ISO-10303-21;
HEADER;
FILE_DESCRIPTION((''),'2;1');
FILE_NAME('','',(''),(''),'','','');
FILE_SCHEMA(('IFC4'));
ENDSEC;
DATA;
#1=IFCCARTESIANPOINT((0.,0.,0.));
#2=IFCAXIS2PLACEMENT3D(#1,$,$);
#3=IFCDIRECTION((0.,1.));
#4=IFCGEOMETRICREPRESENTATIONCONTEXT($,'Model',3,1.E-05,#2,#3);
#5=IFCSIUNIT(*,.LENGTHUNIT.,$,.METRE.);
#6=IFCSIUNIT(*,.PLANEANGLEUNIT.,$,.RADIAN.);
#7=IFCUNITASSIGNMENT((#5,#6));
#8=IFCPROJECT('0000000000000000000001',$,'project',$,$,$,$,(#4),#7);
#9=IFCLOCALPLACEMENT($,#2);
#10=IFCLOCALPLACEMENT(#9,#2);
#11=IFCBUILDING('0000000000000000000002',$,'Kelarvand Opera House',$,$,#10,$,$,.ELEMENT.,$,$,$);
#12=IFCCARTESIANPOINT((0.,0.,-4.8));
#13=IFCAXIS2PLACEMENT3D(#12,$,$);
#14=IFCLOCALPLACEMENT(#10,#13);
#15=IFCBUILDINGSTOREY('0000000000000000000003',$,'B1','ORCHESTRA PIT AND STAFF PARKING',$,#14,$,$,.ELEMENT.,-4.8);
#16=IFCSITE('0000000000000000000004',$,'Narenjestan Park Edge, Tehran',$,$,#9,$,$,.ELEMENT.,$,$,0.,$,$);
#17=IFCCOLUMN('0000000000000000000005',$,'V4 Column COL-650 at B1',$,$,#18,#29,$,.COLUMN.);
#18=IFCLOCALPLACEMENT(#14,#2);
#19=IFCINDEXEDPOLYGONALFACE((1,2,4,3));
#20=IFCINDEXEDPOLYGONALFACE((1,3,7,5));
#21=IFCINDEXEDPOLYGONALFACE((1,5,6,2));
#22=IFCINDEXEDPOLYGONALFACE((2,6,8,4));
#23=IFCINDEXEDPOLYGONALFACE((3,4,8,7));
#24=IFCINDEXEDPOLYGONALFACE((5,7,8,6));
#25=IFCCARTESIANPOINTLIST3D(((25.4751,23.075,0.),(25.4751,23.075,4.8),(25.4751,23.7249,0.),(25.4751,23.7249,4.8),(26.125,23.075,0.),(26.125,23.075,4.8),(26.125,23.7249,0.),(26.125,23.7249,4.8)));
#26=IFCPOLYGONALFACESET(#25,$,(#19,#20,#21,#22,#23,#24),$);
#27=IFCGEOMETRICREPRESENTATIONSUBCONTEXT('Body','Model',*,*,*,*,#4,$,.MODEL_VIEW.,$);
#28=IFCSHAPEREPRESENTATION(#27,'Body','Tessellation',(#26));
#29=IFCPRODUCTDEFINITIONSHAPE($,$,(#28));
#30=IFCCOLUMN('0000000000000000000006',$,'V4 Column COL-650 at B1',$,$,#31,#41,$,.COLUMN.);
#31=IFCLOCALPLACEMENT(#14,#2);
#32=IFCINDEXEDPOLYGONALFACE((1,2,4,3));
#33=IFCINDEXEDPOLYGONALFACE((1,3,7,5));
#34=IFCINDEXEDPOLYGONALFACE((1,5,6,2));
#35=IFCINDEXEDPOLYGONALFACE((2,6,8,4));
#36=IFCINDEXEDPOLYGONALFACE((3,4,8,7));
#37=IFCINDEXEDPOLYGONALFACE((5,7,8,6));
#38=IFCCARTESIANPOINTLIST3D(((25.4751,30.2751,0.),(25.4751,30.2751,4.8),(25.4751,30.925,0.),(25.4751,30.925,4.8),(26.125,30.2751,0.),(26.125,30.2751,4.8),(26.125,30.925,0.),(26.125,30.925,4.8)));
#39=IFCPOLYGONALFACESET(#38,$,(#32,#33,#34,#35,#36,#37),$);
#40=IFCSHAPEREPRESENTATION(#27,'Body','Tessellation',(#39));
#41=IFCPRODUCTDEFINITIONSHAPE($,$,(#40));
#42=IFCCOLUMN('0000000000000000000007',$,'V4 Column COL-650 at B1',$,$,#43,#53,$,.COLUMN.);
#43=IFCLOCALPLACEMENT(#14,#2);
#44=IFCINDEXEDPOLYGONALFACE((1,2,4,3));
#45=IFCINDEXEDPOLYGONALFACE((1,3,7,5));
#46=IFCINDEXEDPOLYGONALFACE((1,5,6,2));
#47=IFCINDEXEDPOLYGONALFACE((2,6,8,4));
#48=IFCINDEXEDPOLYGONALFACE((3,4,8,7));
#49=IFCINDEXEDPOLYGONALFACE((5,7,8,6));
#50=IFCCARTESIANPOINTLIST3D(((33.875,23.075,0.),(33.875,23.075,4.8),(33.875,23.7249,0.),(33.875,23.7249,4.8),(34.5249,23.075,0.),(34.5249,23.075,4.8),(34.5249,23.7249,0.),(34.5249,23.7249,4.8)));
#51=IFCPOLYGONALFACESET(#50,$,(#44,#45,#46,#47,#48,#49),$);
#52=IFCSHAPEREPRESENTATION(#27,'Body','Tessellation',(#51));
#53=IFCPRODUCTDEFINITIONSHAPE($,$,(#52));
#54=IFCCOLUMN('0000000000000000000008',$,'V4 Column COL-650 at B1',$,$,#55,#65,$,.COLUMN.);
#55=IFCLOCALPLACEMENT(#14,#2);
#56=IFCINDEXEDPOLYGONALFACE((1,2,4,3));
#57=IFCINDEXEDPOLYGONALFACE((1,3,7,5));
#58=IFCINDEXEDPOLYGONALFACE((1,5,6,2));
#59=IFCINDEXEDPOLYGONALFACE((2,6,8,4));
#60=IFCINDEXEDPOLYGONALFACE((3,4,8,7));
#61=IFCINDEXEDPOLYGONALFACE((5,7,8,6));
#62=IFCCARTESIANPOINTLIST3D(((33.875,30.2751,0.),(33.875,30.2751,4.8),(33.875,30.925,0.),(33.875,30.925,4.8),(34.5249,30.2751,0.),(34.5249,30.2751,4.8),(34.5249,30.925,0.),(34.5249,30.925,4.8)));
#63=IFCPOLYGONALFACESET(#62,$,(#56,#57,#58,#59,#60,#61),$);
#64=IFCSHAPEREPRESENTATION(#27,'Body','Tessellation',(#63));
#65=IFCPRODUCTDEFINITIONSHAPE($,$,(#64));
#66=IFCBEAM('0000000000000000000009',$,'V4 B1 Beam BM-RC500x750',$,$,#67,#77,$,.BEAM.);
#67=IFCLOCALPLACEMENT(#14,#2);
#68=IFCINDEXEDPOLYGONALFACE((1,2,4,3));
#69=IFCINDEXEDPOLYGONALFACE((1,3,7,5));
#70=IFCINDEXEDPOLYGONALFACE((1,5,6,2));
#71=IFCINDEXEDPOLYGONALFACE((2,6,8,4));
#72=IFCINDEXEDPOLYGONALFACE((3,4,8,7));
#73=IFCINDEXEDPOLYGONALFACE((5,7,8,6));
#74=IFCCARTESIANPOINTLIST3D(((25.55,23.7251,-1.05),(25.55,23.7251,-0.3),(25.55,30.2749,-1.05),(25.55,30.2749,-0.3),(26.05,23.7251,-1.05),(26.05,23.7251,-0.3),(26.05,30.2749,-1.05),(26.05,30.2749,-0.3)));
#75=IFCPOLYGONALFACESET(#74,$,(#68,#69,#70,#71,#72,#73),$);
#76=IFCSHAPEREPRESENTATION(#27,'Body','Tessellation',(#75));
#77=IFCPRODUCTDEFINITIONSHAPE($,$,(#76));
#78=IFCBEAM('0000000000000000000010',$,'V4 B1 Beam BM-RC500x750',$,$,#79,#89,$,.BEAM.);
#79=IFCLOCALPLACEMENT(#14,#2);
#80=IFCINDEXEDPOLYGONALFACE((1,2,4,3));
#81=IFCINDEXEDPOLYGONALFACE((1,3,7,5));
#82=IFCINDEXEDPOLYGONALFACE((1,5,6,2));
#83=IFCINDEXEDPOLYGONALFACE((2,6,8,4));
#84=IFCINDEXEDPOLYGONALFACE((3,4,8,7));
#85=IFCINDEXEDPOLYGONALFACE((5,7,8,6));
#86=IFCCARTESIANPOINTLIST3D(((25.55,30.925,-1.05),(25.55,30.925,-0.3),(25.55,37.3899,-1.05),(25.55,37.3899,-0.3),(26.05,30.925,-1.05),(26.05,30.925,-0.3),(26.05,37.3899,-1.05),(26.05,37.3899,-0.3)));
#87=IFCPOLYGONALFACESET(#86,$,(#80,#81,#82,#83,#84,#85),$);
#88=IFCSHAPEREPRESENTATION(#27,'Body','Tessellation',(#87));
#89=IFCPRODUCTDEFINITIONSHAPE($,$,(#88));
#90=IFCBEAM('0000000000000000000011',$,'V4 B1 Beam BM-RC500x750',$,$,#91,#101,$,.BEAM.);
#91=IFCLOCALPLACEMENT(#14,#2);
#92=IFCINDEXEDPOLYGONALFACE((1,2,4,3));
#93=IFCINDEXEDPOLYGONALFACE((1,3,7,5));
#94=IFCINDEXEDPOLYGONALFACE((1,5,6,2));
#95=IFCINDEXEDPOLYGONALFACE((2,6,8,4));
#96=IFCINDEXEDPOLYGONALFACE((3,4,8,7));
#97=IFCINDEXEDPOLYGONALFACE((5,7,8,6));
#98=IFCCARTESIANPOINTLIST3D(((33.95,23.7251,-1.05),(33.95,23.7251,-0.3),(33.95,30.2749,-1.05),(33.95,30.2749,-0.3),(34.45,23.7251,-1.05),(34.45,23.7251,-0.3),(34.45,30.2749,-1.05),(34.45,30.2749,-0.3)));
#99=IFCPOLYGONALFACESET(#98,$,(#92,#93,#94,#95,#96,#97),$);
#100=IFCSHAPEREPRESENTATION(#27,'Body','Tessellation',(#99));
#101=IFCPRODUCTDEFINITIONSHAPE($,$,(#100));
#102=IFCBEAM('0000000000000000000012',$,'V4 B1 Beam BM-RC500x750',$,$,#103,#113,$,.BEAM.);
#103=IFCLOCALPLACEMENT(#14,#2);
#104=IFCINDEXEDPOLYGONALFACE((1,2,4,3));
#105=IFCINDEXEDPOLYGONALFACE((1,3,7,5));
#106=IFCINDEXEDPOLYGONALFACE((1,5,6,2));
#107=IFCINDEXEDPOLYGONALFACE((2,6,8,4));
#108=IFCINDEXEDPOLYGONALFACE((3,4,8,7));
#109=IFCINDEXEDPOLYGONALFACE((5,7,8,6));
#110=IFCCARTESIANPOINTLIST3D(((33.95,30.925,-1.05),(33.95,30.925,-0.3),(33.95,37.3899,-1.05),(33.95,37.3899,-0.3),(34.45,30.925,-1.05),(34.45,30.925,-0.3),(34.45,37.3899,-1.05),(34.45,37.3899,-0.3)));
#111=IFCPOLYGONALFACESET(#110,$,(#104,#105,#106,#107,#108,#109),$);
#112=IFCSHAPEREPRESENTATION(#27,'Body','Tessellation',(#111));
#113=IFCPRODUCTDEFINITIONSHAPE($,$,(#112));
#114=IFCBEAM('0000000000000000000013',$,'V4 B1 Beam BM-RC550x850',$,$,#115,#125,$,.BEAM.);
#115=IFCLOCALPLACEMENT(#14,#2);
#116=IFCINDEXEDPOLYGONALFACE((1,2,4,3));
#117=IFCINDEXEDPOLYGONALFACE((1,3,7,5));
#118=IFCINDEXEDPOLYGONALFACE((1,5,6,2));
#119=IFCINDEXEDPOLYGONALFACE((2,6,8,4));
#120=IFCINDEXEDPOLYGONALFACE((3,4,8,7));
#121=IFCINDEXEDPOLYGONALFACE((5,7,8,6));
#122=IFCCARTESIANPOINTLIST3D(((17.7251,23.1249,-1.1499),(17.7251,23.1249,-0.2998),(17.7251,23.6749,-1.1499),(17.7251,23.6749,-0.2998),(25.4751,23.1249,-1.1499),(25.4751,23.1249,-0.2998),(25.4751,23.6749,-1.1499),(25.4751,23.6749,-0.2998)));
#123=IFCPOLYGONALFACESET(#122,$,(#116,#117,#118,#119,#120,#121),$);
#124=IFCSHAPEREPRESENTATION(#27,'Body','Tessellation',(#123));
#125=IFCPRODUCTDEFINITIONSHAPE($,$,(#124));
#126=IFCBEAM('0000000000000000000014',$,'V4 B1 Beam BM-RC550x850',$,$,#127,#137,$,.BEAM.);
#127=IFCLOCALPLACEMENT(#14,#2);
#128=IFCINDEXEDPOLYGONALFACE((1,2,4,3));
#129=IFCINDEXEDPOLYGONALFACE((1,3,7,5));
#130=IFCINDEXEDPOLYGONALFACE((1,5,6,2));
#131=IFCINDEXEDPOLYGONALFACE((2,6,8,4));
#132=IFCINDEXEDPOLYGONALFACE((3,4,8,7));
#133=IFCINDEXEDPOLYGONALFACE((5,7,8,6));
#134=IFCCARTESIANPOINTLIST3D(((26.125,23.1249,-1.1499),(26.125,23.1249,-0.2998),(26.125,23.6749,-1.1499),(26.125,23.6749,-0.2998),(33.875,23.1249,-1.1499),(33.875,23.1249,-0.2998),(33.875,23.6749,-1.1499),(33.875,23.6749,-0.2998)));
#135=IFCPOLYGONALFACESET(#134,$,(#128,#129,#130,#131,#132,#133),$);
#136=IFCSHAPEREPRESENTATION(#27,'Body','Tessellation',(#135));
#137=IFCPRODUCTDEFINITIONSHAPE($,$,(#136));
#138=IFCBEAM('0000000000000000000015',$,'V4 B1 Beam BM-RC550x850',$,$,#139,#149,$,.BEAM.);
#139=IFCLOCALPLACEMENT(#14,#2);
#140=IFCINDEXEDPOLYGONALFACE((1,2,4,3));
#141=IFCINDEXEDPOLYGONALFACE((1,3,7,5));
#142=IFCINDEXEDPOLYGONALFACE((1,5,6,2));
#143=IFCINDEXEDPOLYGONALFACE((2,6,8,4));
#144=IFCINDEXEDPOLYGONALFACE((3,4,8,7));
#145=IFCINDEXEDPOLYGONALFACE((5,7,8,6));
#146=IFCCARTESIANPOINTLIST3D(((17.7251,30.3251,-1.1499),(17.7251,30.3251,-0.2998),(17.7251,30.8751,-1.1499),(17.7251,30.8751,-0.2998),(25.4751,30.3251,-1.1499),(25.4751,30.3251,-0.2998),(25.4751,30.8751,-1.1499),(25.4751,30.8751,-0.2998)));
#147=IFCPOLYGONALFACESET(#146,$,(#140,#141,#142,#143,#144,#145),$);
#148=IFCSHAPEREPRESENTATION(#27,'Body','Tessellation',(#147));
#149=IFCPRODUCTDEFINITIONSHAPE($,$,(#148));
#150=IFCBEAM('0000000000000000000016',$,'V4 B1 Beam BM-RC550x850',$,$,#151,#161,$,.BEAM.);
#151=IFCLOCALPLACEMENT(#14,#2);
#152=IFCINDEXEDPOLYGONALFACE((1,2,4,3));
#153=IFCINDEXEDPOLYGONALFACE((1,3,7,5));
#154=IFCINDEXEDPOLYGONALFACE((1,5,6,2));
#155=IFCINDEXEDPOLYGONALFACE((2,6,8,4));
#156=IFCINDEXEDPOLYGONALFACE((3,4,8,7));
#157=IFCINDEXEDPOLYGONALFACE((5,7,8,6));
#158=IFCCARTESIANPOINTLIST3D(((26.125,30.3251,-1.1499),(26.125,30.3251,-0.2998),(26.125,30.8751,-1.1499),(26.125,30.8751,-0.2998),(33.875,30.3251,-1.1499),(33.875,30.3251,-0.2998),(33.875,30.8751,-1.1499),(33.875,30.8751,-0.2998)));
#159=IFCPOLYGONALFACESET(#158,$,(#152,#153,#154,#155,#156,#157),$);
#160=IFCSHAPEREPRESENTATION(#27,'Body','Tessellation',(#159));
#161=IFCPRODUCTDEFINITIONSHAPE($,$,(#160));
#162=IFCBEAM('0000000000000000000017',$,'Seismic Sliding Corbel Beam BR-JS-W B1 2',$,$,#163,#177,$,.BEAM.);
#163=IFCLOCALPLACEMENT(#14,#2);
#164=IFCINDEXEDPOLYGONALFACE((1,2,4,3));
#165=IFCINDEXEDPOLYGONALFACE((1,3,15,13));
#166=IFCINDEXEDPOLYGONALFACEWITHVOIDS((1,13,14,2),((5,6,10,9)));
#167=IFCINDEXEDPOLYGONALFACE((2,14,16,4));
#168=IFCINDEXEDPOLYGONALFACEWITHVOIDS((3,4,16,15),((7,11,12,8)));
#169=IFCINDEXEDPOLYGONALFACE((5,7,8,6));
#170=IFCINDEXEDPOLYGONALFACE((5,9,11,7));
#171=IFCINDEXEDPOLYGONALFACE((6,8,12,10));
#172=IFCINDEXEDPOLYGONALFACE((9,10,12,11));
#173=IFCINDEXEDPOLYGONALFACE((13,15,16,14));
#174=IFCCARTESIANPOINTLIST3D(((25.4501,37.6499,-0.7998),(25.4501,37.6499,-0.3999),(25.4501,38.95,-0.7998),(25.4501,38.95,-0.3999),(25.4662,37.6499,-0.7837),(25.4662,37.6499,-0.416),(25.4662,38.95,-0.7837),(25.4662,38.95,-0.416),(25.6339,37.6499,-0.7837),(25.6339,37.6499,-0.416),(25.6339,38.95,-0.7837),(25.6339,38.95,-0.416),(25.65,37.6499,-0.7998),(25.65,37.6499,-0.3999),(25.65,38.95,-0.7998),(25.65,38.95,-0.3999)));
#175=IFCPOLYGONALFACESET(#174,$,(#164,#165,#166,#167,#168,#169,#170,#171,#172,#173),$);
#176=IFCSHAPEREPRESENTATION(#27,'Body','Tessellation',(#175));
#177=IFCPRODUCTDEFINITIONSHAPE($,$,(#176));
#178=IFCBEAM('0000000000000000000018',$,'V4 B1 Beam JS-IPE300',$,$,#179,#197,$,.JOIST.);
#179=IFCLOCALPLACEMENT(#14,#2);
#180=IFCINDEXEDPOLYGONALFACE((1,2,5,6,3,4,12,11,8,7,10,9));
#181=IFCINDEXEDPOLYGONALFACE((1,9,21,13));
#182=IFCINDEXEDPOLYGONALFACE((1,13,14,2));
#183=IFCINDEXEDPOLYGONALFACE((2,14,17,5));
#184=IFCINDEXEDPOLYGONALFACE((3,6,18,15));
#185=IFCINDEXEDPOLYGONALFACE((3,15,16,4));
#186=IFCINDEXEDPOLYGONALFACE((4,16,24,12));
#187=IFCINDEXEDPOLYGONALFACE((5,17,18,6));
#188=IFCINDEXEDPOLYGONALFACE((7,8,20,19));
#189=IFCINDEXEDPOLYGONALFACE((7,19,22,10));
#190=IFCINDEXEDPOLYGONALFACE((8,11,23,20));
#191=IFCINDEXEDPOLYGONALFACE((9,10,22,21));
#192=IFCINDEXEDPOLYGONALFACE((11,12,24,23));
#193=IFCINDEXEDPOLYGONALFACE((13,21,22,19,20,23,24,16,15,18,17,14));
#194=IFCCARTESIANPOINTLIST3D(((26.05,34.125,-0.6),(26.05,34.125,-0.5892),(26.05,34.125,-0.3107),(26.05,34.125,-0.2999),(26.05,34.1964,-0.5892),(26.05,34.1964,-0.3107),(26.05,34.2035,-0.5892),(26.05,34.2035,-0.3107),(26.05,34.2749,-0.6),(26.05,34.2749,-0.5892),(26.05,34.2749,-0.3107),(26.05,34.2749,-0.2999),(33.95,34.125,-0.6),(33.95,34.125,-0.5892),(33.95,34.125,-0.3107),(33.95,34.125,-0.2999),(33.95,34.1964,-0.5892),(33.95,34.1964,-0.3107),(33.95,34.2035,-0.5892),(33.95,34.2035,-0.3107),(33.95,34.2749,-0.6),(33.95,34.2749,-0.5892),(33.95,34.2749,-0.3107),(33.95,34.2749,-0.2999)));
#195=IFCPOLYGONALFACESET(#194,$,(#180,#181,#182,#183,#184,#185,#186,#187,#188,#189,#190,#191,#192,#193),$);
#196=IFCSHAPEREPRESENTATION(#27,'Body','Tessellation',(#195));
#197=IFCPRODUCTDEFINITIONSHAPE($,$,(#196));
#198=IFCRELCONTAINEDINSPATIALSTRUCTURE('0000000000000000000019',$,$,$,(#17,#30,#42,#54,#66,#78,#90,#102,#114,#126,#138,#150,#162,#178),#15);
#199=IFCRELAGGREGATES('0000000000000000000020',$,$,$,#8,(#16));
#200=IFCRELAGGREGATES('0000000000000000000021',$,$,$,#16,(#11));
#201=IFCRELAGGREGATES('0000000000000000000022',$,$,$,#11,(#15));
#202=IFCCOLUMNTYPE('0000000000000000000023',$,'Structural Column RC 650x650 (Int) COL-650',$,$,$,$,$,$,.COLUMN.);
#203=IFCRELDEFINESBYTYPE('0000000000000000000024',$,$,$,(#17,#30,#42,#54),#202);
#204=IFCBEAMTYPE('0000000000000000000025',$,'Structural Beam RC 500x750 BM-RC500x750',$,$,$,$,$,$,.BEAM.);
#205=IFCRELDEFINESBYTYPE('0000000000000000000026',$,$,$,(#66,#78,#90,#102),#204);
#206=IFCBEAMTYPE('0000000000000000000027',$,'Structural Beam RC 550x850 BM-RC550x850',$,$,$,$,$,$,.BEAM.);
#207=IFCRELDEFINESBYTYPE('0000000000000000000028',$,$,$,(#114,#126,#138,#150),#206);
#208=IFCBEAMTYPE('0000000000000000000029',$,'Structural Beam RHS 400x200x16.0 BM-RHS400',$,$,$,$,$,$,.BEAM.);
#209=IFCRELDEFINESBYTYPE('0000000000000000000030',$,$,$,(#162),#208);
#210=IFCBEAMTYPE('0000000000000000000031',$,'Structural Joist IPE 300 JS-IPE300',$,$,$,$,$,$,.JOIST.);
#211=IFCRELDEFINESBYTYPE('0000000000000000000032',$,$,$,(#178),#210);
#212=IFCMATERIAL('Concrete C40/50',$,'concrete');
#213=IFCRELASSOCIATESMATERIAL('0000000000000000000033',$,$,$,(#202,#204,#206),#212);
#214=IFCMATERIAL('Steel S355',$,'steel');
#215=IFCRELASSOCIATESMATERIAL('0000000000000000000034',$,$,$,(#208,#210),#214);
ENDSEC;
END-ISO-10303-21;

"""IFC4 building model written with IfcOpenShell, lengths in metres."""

from ifc_helpers import new_model, si_unit, direction, frame, origin, origin_2d, place, context, subcontext, project, spatial, rectangle, hollow_rectangle, i_section, extrude, material, material_profile, profile_set, type_object, element, save


model = new_model("IFC4")

# Units and contexts
model_context = context("Model", 3, precision=1e-05, world=origin(), true_north=direction((0.0, 1.0)))
body_context = subcontext(model_context, "Body", "Model", "MODEL_VIEW")
ifc_project = project(units=[si_unit("LENGTHUNIT", "METRE"), si_unit("PLANEANGLEUNIT", "RADIAN")], contexts=[model_context])

# Site, building, storey
site_placement = place(None, origin())
site = spatial("IfcSite", under=ifc_project, at=site_placement, Name="Narenjestan Park Edge, Tehran", CompositionType="ELEMENT", RefElevation=0.0)
building_placement = place(site_placement, origin())
building = spatial("IfcBuilding", under=site, at=building_placement, Name="Kelarvand Opera House", CompositionType="ELEMENT")
storey_placement = place(building_placement, frame((0.0, 0.0, -4.8)))
storey = spatial("IfcBuildingStorey", under=building, at=storey_placement, Name="B1", Description="ORCHESTRA PIT AND STAFF PARKING", CompositionType="ELEMENT", Elevation=-4.8)

# Columns
ifc_material_1 = material(Name="Concrete C40/50", Category="concrete")
ifc_material_profile_1 = material_profile(ifc_material_1, rectangle(XDim=0.6499, YDim=0.6499, at=origin_2d()), Name="RC 650x650", Category="concrete")
ifc_profile_set_1 = profile_set([ifc_material_profile_1], Name="Concrete C40/50")
column_type = type_object("IfcColumnType", Name="Structural Column RC 650x650 (Int) COL-650", PredefinedType="COLUMN", material=ifc_profile_set_1)
for number, where, z_axis, x_axis, name in (
    (1, (25.8, 23.3999, 0.0), (0.0, 0.0, 1.0), (1.0, 0.0, 0.0), "V4 Column COL-650 at B1"),
    (2, (25.8, 30.6001, 0.0), (0.0, 0.0, 1.0), (1.0, 0.0, 0.0), "V4 Column COL-650 at B1"),
    (3, (34.2, 23.3999, 0.0), (0.0, 0.0, 1.0), (1.0, 0.0, 0.0), "V4 Column COL-650 at B1"),
    (4, (34.2, 30.6001, 0.0), (0.0, 0.0, 1.0), (1.0, 0.0, 0.0), "V4 Column COL-650 at B1"),
):
    element("IfcColumn", number, at=place(storey_placement, frame(where, z_axis=z_axis, x_axis=x_axis)), inside=storey, type_object=column_type, Name=name, PredefinedType="COLUMN", context=body_context, shape_type="SweptSolid", body=[
        extrude(rectangle(XDim=0.6499, YDim=0.6499, at=origin_2d()), origin(), (0.0, 0.0, 1.0), 4.8),
    ])

# Beams
ifc_material_profile_2 = material_profile(ifc_material_1, rectangle(XDim=0.5, YDim=0.75, at=origin_2d()), Name="RC 500x750", Category="concrete")
ifc_profile_set_2 = profile_set([ifc_material_profile_2], Name="Concrete C40/50")
beam_type_1 = type_object("IfcBeamType", Name="Structural Beam RC 500x750 BM-RC500x750", PredefinedType="BEAM", material=ifc_profile_set_2)
beam_1_placement = place(storey_placement, frame((25.8, 23.7251, -0.675), z_axis=(0.0, 1.0, 0.0), x_axis=(-1.0, 0.0, 0.0)))
element("IfcBeam", 5, at=beam_1_placement, inside=storey, type_object=beam_type_1, Name="V4 B1 Beam BM-RC500x750", PredefinedType="BEAM", context=body_context, shape_type="SweptSolid", body=[
    extrude(rectangle(XDim=0.5, YDim=0.75, at=origin_2d()), origin(), (0.0, 0.0, 1.0), 6.5498),
])
beam_2_placement = place(storey_placement, frame((25.8, 30.925, -0.675), z_axis=(0.0, 1.0, 0.0), x_axis=(-1.0, 0.0, 0.0)))
element("IfcBeam", 6, at=beam_2_placement, inside=storey, type_object=beam_type_1, Name="V4 B1 Beam BM-RC500x750", PredefinedType="BEAM", context=body_context, shape_type="SweptSolid", body=[
    extrude(rectangle(XDim=0.5, YDim=0.75, at=origin_2d()), origin(), (0.0, 0.0, 1.0), 6.4648),
])
beam_3_placement = place(storey_placement, frame((34.2, 23.7251, -0.675), z_axis=(0.0, 1.0, 0.0), x_axis=(-1.0, 0.0, 0.0)))
element("IfcBeam", 7, at=beam_3_placement, inside=storey, type_object=beam_type_1, Name="V4 B1 Beam BM-RC500x750", PredefinedType="BEAM", context=body_context, shape_type="SweptSolid", body=[
    extrude(rectangle(XDim=0.5, YDim=0.75, at=origin_2d()), origin(), (0.0, 0.0, 1.0), 6.5498),
])
beam_4_placement = place(storey_placement, frame((34.2, 30.925, -0.675), z_axis=(0.0, 1.0, 0.0), x_axis=(-1.0, 0.0, 0.0)))
element("IfcBeam", 8, at=beam_4_placement, inside=storey, type_object=beam_type_1, Name="V4 B1 Beam BM-RC500x750", PredefinedType="BEAM", context=body_context, shape_type="SweptSolid", body=[
    extrude(rectangle(XDim=0.5, YDim=0.75, at=origin_2d()), origin(), (0.0, 0.0, 1.0), 6.4648),
])
ifc_material_profile_3 = material_profile(ifc_material_1, rectangle(XDim=0.55, YDim=0.8501, at=origin_2d()), Name="RC 550x850", Category="concrete")
ifc_profile_set_3 = profile_set([ifc_material_profile_3], Name="Concrete C40/50")
beam_type_2 = type_object("IfcBeamType", Name="Structural Beam RC 550x850 BM-RC550x850", PredefinedType="BEAM", material=ifc_profile_set_3)
for number, where, z_axis, x_axis, name in (
    (9, (17.7251, 23.3999, -0.7249), (1.0, 0.0, 0.0), (0.0, 1.0, 0.0), "V4 B1 Beam BM-RC550x850"),
    (10, (26.125, 23.3999, -0.7249), (1.0, 0.0, 0.0), (0.0, 1.0, 0.0), "V4 B1 Beam BM-RC550x850"),
    (11, (17.7251, 30.6001, -0.7249), (1.0, 0.0, 0.0), (0.0, 1.0, 0.0), "V4 B1 Beam BM-RC550x850"),
    (12, (26.125, 30.6001, -0.7249), (1.0, 0.0, 0.0), (0.0, 1.0, 0.0), "V4 B1 Beam BM-RC550x850"),
):
    element("IfcBeam", number, at=place(storey_placement, frame(where, z_axis=z_axis, x_axis=x_axis)), inside=storey, type_object=beam_type_2, Name=name, PredefinedType="BEAM", context=body_context, shape_type="SweptSolid", body=[
        extrude(rectangle(XDim=0.55, YDim=0.8501, at=origin_2d()), origin(), (0.0, 0.0, 1.0), 7.75),
    ])
ifc_material_2 = material(Name="Steel S355", Category="steel")
ifc_material_profile_4 = material_profile(ifc_material_2, hollow_rectangle(XDim=0.2, YDim=0.3999, WallThickness=0.0161, at=origin_2d()), Name="RHS 400x200x16.0", Category="steel")
ifc_profile_set_4 = profile_set([ifc_material_profile_4], Name="Steel S355")
beam_type_3 = type_object("IfcBeamType", Name="Structural Beam RHS 400x200x16.0 BM-RHS400", PredefinedType="BEAM", material=ifc_profile_set_4)
beam_5_placement = place(storey_placement, frame((25.55, 37.6499, -0.5999), z_axis=(0.0, 1.0, 0.0), x_axis=(-1.0, 0.0, 0.0)))
element("IfcBeam", 13, at=beam_5_placement, inside=storey, type_object=beam_type_3, Name="Seismic Sliding Corbel Beam BR-JS-W B1 2", PredefinedType="BEAM", context=body_context, shape_type="SweptSolid", body=[
    extrude(hollow_rectangle(XDim=0.2, YDim=0.3999, WallThickness=0.0161, at=origin_2d()), origin(), (0.0, 0.0, 1.0), 1.3),
])
ifc_material_profile_5 = material_profile(ifc_material_2, i_section(OverallWidth=0.1499, OverallDepth=0.3, WebThickness=0.0071, FlangeThickness=0.0107, at=origin_2d()), Name="IPE 300", Category="steel")
ifc_profile_set_5 = profile_set([ifc_material_profile_5], Name="Steel S355")
beam_type_4 = type_object("IfcBeamType", Name="Structural Joist IPE 300 JS-IPE300", PredefinedType="JOIST", material=ifc_profile_set_5)
beam_6_placement = place(storey_placement, frame((26.05, 34.2, -0.45), z_axis=(1.0, 0.0, 0.0), x_axis=(0.0, 1.0, 0.0)))
element("IfcBeam", 14, at=beam_6_placement, inside=storey, type_object=beam_type_4, Name="V4 B1 Beam JS-IPE300", PredefinedType="JOIST", context=body_context, shape_type="SweptSolid", body=[
    extrude(i_section(OverallWidth=0.1499, OverallDepth=0.3, WebThickness=0.0071, FlangeThickness=0.0107, at=origin_2d()), origin(), (0.0, 0.0, 1.0), 7.8999),
])

save(model, "model.ifc")
